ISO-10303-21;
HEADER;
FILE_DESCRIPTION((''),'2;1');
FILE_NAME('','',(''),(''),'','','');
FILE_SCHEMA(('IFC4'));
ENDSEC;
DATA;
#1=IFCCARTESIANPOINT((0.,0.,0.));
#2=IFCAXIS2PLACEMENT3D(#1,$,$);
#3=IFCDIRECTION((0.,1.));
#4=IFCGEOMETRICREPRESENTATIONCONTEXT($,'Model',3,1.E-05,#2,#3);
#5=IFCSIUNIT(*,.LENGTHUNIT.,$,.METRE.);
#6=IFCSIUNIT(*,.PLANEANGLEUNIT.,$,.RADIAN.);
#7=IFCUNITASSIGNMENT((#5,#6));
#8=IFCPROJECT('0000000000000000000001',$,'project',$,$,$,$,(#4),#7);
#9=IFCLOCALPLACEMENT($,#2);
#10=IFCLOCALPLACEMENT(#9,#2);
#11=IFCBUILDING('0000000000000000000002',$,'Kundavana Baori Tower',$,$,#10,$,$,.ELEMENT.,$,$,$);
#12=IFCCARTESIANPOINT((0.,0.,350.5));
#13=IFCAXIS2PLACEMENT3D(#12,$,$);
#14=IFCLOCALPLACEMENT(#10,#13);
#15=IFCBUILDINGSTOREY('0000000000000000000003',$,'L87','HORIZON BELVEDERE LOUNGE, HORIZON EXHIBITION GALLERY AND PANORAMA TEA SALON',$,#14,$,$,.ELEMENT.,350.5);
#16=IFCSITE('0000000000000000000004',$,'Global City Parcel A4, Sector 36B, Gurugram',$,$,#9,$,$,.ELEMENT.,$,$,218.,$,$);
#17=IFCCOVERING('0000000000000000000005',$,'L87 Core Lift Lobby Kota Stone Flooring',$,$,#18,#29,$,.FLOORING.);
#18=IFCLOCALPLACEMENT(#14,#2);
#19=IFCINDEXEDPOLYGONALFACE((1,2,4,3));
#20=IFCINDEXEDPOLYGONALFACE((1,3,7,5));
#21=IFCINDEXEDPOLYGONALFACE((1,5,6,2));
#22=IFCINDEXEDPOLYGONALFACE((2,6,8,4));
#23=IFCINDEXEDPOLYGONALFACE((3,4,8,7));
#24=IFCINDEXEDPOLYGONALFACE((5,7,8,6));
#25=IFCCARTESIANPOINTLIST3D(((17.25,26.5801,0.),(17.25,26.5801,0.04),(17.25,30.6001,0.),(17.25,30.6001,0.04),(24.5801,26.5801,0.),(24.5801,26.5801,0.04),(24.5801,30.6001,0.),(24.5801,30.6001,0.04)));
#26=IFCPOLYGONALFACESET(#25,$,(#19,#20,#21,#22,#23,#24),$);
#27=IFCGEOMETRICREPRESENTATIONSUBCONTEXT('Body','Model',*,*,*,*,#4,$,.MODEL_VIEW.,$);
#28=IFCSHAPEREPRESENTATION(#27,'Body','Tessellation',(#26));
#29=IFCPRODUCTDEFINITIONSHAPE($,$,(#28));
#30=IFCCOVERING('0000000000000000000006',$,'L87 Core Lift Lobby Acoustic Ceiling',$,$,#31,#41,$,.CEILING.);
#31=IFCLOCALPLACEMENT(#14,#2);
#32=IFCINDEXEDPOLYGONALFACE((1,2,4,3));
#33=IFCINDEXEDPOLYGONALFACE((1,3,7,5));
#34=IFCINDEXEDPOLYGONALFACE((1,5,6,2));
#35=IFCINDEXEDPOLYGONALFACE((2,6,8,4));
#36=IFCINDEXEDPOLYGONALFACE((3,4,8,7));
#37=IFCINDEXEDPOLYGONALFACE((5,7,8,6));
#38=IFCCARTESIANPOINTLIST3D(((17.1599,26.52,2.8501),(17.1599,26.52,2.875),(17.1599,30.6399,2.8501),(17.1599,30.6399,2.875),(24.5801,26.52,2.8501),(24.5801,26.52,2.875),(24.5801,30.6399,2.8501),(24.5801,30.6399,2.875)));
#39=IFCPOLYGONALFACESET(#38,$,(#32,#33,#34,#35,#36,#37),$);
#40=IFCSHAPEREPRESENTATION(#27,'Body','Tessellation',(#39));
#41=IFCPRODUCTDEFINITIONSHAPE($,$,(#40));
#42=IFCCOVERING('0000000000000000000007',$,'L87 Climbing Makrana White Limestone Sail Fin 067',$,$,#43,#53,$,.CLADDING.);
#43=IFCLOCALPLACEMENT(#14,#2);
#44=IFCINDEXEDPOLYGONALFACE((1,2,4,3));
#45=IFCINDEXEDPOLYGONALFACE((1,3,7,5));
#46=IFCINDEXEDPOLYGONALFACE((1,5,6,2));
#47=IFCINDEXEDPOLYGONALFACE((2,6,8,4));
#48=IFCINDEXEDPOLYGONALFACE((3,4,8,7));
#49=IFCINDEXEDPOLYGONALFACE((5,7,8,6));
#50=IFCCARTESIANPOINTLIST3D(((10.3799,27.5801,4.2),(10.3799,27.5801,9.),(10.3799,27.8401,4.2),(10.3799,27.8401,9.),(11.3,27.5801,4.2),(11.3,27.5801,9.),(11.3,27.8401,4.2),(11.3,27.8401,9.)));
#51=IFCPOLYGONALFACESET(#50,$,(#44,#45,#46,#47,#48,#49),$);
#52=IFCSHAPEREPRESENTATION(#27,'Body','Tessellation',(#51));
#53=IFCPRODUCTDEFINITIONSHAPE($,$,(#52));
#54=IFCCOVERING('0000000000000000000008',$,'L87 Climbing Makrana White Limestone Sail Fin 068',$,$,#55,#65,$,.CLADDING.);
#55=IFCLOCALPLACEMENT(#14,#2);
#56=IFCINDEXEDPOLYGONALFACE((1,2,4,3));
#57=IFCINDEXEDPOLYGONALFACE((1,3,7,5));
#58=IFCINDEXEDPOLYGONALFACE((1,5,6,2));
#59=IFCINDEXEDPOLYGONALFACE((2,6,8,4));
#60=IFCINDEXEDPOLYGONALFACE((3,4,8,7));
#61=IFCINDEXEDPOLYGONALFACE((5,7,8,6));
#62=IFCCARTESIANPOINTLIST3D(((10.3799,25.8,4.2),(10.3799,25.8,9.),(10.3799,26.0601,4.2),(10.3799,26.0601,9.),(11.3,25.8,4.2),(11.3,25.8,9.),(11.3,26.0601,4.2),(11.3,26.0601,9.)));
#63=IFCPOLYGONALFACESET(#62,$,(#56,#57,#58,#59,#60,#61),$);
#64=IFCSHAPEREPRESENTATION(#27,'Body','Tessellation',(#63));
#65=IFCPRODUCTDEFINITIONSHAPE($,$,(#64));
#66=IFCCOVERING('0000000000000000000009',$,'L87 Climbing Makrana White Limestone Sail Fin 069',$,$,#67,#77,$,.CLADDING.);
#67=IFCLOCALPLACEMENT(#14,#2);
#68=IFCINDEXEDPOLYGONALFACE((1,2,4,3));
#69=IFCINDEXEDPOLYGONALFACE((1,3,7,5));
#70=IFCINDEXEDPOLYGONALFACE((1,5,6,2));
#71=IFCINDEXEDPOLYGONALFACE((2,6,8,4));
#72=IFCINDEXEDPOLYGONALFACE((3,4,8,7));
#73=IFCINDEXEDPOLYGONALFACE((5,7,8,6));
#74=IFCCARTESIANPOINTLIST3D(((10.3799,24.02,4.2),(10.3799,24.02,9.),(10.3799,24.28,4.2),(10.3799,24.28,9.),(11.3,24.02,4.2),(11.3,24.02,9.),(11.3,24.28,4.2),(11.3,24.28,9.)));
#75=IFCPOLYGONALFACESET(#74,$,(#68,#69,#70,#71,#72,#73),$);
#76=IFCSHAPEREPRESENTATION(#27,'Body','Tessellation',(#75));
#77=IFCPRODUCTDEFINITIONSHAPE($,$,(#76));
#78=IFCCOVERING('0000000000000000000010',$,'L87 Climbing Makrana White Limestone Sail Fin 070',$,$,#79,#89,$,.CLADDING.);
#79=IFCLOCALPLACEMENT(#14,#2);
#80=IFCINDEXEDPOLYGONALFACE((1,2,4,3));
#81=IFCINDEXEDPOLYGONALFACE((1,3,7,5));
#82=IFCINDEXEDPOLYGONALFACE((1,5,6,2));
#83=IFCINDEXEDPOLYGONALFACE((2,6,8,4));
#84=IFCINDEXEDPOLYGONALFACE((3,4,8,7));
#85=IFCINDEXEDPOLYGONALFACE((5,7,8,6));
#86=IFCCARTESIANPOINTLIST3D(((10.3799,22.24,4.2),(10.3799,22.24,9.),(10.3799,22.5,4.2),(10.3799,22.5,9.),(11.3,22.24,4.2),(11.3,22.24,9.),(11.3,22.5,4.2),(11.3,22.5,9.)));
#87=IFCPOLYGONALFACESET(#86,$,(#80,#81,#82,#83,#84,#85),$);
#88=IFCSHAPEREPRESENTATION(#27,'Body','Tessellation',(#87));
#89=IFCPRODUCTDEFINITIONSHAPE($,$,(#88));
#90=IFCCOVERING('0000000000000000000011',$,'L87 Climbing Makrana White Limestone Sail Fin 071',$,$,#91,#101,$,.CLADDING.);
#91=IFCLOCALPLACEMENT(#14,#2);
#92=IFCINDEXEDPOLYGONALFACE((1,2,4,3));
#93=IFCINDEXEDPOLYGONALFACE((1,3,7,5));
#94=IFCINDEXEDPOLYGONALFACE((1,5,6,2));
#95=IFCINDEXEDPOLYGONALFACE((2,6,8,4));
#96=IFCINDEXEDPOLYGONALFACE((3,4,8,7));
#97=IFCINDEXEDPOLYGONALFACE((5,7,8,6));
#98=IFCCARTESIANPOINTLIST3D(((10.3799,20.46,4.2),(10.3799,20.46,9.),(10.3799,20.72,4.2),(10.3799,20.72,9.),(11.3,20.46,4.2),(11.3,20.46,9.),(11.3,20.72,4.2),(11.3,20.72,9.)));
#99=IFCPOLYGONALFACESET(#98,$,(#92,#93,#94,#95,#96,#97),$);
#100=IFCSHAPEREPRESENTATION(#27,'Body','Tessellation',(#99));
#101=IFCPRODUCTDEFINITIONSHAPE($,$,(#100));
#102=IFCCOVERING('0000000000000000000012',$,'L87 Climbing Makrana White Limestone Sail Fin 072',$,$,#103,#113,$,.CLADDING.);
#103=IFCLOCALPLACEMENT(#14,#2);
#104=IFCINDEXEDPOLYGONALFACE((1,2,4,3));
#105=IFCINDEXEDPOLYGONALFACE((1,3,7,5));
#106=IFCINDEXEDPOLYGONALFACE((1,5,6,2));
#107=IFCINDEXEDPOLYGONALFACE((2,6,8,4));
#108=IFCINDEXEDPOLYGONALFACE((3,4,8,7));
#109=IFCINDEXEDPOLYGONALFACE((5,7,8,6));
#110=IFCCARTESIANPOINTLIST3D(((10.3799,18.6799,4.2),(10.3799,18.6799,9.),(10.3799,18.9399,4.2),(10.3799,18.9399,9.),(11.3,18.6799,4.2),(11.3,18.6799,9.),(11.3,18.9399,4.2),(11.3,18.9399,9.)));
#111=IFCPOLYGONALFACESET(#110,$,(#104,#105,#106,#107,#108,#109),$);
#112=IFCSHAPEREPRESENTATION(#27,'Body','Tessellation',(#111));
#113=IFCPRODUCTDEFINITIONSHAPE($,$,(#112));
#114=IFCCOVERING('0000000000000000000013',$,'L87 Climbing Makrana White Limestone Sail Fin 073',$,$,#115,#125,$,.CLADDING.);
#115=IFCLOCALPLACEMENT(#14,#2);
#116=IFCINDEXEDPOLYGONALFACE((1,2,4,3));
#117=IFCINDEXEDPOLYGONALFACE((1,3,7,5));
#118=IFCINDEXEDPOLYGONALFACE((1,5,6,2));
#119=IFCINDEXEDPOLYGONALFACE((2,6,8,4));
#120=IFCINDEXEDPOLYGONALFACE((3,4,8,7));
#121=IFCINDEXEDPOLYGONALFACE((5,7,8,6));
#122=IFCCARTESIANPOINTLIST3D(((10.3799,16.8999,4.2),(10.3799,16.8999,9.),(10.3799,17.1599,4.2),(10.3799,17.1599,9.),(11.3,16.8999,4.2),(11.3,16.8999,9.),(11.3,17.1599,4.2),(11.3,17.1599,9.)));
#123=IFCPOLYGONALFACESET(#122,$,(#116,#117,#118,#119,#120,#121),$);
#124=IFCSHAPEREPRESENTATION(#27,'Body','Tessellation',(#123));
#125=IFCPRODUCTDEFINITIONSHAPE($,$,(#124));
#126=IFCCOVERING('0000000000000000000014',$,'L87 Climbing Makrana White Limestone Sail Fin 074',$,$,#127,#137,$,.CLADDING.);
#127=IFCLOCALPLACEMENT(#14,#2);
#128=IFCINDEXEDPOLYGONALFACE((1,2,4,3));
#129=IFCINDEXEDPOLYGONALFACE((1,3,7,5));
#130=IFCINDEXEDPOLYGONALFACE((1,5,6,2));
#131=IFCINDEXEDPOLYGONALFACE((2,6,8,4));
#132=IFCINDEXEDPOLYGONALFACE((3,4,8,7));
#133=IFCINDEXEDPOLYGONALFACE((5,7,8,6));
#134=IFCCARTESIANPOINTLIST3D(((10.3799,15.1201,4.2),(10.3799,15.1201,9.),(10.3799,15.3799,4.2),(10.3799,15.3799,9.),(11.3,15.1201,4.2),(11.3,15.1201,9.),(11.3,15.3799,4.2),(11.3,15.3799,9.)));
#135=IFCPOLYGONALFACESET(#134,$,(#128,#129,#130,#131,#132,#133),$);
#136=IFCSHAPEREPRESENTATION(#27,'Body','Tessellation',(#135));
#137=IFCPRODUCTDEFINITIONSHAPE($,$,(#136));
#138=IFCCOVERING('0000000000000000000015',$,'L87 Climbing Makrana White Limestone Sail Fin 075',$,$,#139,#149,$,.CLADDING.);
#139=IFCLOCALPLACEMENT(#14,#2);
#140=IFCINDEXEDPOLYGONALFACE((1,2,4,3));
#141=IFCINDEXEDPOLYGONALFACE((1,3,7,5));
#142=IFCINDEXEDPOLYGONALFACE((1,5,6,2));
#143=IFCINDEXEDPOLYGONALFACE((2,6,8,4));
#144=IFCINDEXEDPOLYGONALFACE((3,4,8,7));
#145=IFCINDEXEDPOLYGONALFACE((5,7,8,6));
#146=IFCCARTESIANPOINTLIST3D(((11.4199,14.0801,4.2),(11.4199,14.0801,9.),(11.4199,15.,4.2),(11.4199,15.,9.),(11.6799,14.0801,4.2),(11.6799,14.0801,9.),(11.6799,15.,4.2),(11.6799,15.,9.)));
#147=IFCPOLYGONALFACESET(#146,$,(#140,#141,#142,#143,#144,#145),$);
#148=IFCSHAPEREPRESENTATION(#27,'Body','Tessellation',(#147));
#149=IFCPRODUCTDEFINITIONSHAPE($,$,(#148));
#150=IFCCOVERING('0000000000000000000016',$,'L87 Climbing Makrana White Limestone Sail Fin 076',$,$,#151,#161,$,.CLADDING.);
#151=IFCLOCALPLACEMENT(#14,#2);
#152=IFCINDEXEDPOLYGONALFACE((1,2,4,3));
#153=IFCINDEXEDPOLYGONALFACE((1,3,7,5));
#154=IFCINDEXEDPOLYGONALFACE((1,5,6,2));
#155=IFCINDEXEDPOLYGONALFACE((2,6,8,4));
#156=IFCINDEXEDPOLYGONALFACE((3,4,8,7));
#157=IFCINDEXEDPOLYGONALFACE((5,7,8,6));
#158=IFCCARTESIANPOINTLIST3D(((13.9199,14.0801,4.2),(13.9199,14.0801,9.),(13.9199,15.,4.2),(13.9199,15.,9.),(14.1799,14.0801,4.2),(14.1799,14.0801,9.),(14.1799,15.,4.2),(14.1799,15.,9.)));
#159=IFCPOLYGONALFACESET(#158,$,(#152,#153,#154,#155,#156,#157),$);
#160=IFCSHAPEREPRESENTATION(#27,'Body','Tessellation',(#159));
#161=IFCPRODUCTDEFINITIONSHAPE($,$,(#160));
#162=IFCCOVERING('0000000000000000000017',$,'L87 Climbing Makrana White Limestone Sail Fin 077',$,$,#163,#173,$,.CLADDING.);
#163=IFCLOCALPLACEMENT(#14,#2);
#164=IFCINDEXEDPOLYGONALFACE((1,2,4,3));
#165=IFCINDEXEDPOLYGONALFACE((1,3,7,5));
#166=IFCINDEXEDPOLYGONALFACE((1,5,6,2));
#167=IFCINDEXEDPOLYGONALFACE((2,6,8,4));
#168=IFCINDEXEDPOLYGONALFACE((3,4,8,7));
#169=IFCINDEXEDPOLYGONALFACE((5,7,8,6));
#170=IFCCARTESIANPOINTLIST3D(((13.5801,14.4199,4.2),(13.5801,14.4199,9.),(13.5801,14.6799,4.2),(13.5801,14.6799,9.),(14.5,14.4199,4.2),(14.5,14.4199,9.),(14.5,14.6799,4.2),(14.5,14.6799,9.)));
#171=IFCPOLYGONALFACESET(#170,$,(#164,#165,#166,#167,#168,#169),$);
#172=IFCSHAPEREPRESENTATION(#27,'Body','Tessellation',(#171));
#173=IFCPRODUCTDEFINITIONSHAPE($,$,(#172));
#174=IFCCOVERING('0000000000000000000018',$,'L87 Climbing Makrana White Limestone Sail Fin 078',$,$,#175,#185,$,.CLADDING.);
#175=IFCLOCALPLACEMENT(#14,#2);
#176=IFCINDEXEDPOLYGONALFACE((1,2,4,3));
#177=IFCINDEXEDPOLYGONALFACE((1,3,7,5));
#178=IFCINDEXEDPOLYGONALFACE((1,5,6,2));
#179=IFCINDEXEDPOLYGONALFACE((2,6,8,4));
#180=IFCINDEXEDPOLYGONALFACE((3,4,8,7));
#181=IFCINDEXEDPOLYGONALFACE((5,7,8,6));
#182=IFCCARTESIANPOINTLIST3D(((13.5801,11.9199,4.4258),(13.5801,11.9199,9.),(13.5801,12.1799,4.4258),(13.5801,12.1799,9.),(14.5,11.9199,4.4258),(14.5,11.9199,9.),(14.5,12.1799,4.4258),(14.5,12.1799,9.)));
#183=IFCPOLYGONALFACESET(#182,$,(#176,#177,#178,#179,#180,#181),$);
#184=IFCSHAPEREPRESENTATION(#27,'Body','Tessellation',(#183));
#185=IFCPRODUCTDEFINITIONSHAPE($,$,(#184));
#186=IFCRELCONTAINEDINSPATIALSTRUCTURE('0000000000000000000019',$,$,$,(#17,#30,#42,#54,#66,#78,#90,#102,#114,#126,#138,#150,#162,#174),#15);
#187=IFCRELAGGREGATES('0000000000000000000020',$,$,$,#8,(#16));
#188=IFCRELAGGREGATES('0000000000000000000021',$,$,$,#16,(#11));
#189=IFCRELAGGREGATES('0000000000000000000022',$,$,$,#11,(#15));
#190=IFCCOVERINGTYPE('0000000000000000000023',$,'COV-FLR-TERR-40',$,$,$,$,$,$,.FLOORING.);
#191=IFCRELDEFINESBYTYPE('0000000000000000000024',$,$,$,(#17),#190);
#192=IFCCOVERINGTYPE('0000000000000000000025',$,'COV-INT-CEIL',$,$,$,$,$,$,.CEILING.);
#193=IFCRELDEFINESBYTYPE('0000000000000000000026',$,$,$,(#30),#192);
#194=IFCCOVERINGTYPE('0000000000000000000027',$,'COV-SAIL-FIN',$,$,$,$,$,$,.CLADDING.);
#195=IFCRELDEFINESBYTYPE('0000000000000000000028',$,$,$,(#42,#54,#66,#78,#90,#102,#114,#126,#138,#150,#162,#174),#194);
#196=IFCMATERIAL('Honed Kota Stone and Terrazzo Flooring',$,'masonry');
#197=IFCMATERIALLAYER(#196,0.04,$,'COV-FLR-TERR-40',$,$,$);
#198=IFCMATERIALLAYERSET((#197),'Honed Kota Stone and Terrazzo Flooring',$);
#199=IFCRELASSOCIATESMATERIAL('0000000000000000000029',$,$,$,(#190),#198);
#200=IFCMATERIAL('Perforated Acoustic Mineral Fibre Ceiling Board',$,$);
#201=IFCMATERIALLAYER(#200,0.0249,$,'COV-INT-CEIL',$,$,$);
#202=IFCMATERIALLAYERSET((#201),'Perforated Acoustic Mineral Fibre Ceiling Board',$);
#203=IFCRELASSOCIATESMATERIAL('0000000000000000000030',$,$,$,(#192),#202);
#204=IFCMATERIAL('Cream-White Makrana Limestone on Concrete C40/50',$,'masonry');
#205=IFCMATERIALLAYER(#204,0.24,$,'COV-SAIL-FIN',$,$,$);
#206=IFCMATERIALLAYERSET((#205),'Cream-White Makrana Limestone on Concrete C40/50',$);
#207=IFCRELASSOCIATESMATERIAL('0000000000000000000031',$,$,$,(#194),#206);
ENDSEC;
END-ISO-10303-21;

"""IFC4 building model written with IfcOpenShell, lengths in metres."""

from ifc_helpers import new_model, si_unit, direction, frame, origin, place, context, subcontext, project, spatial, polyline, outline, extrude, material, layer, layer_set, type_object, element, save


model = new_model("IFC4")

# Units and contexts
model_context = context("Model", 3, precision=1e-05, world=origin(), true_north=direction((0.0, 1.0)))
body_context = subcontext(model_context, "Body", "Model", "MODEL_VIEW")
ifc_project = project(units=[si_unit("LENGTHUNIT", "METRE"), si_unit("PLANEANGLEUNIT", "RADIAN")], contexts=[model_context])

# Site, building, storey
site_placement = place(None, origin())
site = spatial("IfcSite", under=ifc_project, at=site_placement, Name="Global City Parcel A4, Sector 36B, Gurugram", CompositionType="ELEMENT", RefElevation=218.0)
building_placement = place(site_placement, origin())
building = spatial("IfcBuilding", under=site, at=building_placement, Name="Kundavana Baori Tower", CompositionType="ELEMENT")
storey_placement = place(building_placement, frame((0.0, 0.0, 350.5)))
storey = spatial("IfcBuildingStorey", under=building, at=storey_placement, Name="L87", Description="HORIZON BELVEDERE LOUNGE, HORIZON EXHIBITION GALLERY AND PANORAMA TEA SALON", CompositionType="ELEMENT", Elevation=350.5)

# Coverings
ifc_material_1 = material(Name="Honed Kota Stone and Terrazzo Flooring", Category="masonry")
ifc_layer_1 = layer(ifc_material_1, 0.04, Name="COV-FLR-TERR-40")
ifc_layer_set_1 = layer_set([ifc_layer_1], Name="Honed Kota Stone and Terrazzo Flooring")
covering_type_1 = type_object("IfcCoveringType", Name="COV-FLR-TERR-40", PredefinedType="FLOORING", material=ifc_layer_set_1)
covering_1_placement = place(storey_placement, origin())
element("IfcCovering", 1, at=covering_1_placement, inside=storey, type_object=covering_type_1, Name="L87 Core Lift Lobby Kota Stone Flooring", PredefinedType="FLOORING", context=body_context, shape_type="SweptSolid", body=[
    extrude(outline(polyline([(17.25, 26.5801), (24.5801, 26.5801), (24.5801, 30.6001), (17.25, 30.6001), (17.25, 26.5801)])), origin(), (0.0, 0.0, 1.0), 0.04),
])
ifc_material_2 = material(Name="Perforated Acoustic Mineral Fibre Ceiling Board")
ifc_layer_2 = layer(ifc_material_2, 0.0249, Name="COV-INT-CEIL")
ifc_layer_set_2 = layer_set([ifc_layer_2], Name="Perforated Acoustic Mineral Fibre Ceiling Board")
covering_type_2 = type_object("IfcCoveringType", Name="COV-INT-CEIL", PredefinedType="CEILING", material=ifc_layer_set_2)
covering_2_placement = place(storey_placement, frame((0.0, 0.0, 2.8501)))
element("IfcCovering", 2, at=covering_2_placement, inside=storey, type_object=covering_type_2, Name="L87 Core Lift Lobby Acoustic Ceiling", PredefinedType="CEILING", context=body_context, shape_type="SweptSolid", body=[
    extrude(outline(polyline([(17.1599, 26.52), (24.5801, 26.52), (24.5801, 30.6399), (17.1599, 30.6399), (17.1599, 26.52)])), origin(), (0.0, 0.0, 1.0), 0.0249),
])
ifc_material_3 = material(Name="Cream-White Makrana Limestone on Concrete C40/50", Category="masonry")
ifc_layer_3 = layer(ifc_material_3, 0.24, Name="COV-SAIL-FIN")
ifc_layer_set_3 = layer_set([ifc_layer_3], Name="Cream-White Makrana Limestone on Concrete C40/50")
covering_type_3 = type_object("IfcCoveringType", Name="COV-SAIL-FIN", PredefinedType="CLADDING", material=ifc_layer_set_3)
covering_3_placement = place(storey_placement, frame((0.0, 0.0, 4.2)))
element("IfcCovering", 3, at=covering_3_placement, inside=storey, type_object=covering_type_3, Name="L87 Climbing Makrana White Limestone Sail Fin 067", PredefinedType="CLADDING", context=body_context, shape_type="SweptSolid", body=[
    extrude(outline(polyline([(10.3799, 27.5801), (11.3, 27.5801), (11.3, 27.8401), (10.3799, 27.8401), (10.3799, 27.5801)])), origin(), (0.0, 0.0, 1.0), 4.8),
])
covering_4_placement = place(storey_placement, frame((0.0, 0.0, 4.2)))
element("IfcCovering", 4, at=covering_4_placement, inside=storey, type_object=covering_type_3, Name="L87 Climbing Makrana White Limestone Sail Fin 068", PredefinedType="CLADDING", context=body_context, shape_type="SweptSolid", body=[
    extrude(outline(polyline([(10.3799, 25.8), (11.3, 25.8), (11.3, 26.0601), (10.3799, 26.0601), (10.3799, 25.8)])), origin(), (0.0, 0.0, 1.0), 4.8),
])
covering_5_placement = place(storey_placement, frame((0.0, 0.0, 4.2)))
element("IfcCovering", 5, at=covering_5_placement, inside=storey, type_object=covering_type_3, Name="L87 Climbing Makrana White Limestone Sail Fin 069", PredefinedType="CLADDING", context=body_context, shape_type="SweptSolid", body=[
    extrude(outline(polyline([(10.3799, 24.02), (11.3, 24.02), (11.3, 24.28), (10.3799, 24.28), (10.3799, 24.02)])), origin(), (0.0, 0.0, 1.0), 4.8),
])
covering_6_placement = place(storey_placement, frame((0.0, 0.0, 4.2)))
element("IfcCovering", 6, at=covering_6_placement, inside=storey, type_object=covering_type_3, Name="L87 Climbing Makrana White Limestone Sail Fin 070", PredefinedType="CLADDING", context=body_context, shape_type="SweptSolid", body=[
    extrude(outline(polyline([(10.3799, 22.24), (11.3, 22.24), (11.3, 22.5), (10.3799, 22.5), (10.3799, 22.24)])), origin(), (0.0, 0.0, 1.0), 4.8),
])
covering_7_placement = place(storey_placement, frame((0.0, 0.0, 4.2)))
element("IfcCovering", 7, at=covering_7_placement, inside=storey, type_object=covering_type_3, Name="L87 Climbing Makrana White Limestone Sail Fin 071", PredefinedType="CLADDING", context=body_context, shape_type="SweptSolid", body=[
    extrude(outline(polyline([(10.3799, 20.46), (11.3, 20.46), (11.3, 20.72), (10.3799, 20.72), (10.3799, 20.46)])), origin(), (0.0, 0.0, 1.0), 4.8),
])
covering_8_placement = place(storey_placement, frame((0.0, 0.0, 4.2)))
element("IfcCovering", 8, at=covering_8_placement, inside=storey, type_object=covering_type_3, Name="L87 Climbing Makrana White Limestone Sail Fin 072", PredefinedType="CLADDING", context=body_context, shape_type="SweptSolid", body=[
    extrude(outline(polyline([(10.3799, 18.6799), (11.3, 18.6799), (11.3, 18.9399), (10.3799, 18.9399), (10.3799, 18.6799)])), origin(), (0.0, 0.0, 1.0), 4.8),
])
covering_9_placement = place(storey_placement, frame((0.0, 0.0, 4.2)))
element("IfcCovering", 9, at=covering_9_placement, inside=storey, type_object=covering_type_3, Name="L87 Climbing Makrana White Limestone Sail Fin 073", PredefinedType="CLADDING", context=body_context, shape_type="SweptSolid", body=[
    extrude(outline(polyline([(10.3799, 16.8999), (11.3, 16.8999), (11.3, 17.1599), (10.3799, 17.1599), (10.3799, 16.8999)])), origin(), (0.0, 0.0, 1.0), 4.8),
])
covering_10_placement = place(storey_placement, frame((0.0, 0.0, 4.2)))
element("IfcCovering", 10, at=covering_10_placement, inside=storey, type_object=covering_type_3, Name="L87 Climbing Makrana White Limestone Sail Fin 074", PredefinedType="CLADDING", context=body_context, shape_type="SweptSolid", body=[
    extrude(outline(polyline([(10.3799, 15.1201), (11.3, 15.1201), (11.3, 15.3799), (10.3799, 15.3799), (10.3799, 15.1201)])), origin(), (0.0, 0.0, 1.0), 4.8),
])
covering_11_placement = place(storey_placement, frame((0.0, 0.0, 4.2)))
element("IfcCovering", 11, at=covering_11_placement, inside=storey, type_object=covering_type_3, Name="L87 Climbing Makrana White Limestone Sail Fin 075", PredefinedType="CLADDING", context=body_context, shape_type="SweptSolid", body=[
    extrude(outline(polyline([(11.4199, 14.0801), (11.6799, 14.0801), (11.6799, 15.0), (11.4199, 15.0), (11.4199, 14.0801)])), origin(), (0.0, 0.0, 1.0), 4.8),
])
covering_12_placement = place(storey_placement, frame((0.0, 0.0, 4.2)))
element("IfcCovering", 12, at=covering_12_placement, inside=storey, type_object=covering_type_3, Name="L87 Climbing Makrana White Limestone Sail Fin 076", PredefinedType="CLADDING", context=body_context, shape_type="SweptSolid", body=[
    extrude(outline(polyline([(13.9199, 14.0801), (14.1799, 14.0801), (14.1799, 15.0), (13.9199, 15.0), (13.9199, 14.0801)])), origin(), (0.0, 0.0, 1.0), 4.8),
])
covering_13_placement = place(storey_placement, frame((0.0, 0.0, 4.2)))
element("IfcCovering", 13, at=covering_13_placement, inside=storey, type_object=covering_type_3, Name="L87 Climbing Makrana White Limestone Sail Fin 077", PredefinedType="CLADDING", context=body_context, shape_type="SweptSolid", body=[
    extrude(outline(polyline([(13.5801, 14.4199), (14.5, 14.4199), (14.5, 14.6799), (13.5801, 14.6799), (13.5801, 14.4199)])), origin(), (0.0, 0.0, 1.0), 4.8),
])
covering_14_placement = place(storey_placement, frame((0.0, 0.0, 4.4258)))
element("IfcCovering", 14, at=covering_14_placement, inside=storey, type_object=covering_type_3, Name="L87 Climbing Makrana White Limestone Sail Fin 078", PredefinedType="CLADDING", context=body_context, shape_type="SweptSolid", body=[
    extrude(outline(polyline([(13.5801, 11.9199), (14.5, 11.9199), (14.5, 12.1799), (13.5801, 12.1799), (13.5801, 11.9199)])), origin(), (0.0, 0.0, 1.0), 4.5742),
])

save(model, "model.ifc")
